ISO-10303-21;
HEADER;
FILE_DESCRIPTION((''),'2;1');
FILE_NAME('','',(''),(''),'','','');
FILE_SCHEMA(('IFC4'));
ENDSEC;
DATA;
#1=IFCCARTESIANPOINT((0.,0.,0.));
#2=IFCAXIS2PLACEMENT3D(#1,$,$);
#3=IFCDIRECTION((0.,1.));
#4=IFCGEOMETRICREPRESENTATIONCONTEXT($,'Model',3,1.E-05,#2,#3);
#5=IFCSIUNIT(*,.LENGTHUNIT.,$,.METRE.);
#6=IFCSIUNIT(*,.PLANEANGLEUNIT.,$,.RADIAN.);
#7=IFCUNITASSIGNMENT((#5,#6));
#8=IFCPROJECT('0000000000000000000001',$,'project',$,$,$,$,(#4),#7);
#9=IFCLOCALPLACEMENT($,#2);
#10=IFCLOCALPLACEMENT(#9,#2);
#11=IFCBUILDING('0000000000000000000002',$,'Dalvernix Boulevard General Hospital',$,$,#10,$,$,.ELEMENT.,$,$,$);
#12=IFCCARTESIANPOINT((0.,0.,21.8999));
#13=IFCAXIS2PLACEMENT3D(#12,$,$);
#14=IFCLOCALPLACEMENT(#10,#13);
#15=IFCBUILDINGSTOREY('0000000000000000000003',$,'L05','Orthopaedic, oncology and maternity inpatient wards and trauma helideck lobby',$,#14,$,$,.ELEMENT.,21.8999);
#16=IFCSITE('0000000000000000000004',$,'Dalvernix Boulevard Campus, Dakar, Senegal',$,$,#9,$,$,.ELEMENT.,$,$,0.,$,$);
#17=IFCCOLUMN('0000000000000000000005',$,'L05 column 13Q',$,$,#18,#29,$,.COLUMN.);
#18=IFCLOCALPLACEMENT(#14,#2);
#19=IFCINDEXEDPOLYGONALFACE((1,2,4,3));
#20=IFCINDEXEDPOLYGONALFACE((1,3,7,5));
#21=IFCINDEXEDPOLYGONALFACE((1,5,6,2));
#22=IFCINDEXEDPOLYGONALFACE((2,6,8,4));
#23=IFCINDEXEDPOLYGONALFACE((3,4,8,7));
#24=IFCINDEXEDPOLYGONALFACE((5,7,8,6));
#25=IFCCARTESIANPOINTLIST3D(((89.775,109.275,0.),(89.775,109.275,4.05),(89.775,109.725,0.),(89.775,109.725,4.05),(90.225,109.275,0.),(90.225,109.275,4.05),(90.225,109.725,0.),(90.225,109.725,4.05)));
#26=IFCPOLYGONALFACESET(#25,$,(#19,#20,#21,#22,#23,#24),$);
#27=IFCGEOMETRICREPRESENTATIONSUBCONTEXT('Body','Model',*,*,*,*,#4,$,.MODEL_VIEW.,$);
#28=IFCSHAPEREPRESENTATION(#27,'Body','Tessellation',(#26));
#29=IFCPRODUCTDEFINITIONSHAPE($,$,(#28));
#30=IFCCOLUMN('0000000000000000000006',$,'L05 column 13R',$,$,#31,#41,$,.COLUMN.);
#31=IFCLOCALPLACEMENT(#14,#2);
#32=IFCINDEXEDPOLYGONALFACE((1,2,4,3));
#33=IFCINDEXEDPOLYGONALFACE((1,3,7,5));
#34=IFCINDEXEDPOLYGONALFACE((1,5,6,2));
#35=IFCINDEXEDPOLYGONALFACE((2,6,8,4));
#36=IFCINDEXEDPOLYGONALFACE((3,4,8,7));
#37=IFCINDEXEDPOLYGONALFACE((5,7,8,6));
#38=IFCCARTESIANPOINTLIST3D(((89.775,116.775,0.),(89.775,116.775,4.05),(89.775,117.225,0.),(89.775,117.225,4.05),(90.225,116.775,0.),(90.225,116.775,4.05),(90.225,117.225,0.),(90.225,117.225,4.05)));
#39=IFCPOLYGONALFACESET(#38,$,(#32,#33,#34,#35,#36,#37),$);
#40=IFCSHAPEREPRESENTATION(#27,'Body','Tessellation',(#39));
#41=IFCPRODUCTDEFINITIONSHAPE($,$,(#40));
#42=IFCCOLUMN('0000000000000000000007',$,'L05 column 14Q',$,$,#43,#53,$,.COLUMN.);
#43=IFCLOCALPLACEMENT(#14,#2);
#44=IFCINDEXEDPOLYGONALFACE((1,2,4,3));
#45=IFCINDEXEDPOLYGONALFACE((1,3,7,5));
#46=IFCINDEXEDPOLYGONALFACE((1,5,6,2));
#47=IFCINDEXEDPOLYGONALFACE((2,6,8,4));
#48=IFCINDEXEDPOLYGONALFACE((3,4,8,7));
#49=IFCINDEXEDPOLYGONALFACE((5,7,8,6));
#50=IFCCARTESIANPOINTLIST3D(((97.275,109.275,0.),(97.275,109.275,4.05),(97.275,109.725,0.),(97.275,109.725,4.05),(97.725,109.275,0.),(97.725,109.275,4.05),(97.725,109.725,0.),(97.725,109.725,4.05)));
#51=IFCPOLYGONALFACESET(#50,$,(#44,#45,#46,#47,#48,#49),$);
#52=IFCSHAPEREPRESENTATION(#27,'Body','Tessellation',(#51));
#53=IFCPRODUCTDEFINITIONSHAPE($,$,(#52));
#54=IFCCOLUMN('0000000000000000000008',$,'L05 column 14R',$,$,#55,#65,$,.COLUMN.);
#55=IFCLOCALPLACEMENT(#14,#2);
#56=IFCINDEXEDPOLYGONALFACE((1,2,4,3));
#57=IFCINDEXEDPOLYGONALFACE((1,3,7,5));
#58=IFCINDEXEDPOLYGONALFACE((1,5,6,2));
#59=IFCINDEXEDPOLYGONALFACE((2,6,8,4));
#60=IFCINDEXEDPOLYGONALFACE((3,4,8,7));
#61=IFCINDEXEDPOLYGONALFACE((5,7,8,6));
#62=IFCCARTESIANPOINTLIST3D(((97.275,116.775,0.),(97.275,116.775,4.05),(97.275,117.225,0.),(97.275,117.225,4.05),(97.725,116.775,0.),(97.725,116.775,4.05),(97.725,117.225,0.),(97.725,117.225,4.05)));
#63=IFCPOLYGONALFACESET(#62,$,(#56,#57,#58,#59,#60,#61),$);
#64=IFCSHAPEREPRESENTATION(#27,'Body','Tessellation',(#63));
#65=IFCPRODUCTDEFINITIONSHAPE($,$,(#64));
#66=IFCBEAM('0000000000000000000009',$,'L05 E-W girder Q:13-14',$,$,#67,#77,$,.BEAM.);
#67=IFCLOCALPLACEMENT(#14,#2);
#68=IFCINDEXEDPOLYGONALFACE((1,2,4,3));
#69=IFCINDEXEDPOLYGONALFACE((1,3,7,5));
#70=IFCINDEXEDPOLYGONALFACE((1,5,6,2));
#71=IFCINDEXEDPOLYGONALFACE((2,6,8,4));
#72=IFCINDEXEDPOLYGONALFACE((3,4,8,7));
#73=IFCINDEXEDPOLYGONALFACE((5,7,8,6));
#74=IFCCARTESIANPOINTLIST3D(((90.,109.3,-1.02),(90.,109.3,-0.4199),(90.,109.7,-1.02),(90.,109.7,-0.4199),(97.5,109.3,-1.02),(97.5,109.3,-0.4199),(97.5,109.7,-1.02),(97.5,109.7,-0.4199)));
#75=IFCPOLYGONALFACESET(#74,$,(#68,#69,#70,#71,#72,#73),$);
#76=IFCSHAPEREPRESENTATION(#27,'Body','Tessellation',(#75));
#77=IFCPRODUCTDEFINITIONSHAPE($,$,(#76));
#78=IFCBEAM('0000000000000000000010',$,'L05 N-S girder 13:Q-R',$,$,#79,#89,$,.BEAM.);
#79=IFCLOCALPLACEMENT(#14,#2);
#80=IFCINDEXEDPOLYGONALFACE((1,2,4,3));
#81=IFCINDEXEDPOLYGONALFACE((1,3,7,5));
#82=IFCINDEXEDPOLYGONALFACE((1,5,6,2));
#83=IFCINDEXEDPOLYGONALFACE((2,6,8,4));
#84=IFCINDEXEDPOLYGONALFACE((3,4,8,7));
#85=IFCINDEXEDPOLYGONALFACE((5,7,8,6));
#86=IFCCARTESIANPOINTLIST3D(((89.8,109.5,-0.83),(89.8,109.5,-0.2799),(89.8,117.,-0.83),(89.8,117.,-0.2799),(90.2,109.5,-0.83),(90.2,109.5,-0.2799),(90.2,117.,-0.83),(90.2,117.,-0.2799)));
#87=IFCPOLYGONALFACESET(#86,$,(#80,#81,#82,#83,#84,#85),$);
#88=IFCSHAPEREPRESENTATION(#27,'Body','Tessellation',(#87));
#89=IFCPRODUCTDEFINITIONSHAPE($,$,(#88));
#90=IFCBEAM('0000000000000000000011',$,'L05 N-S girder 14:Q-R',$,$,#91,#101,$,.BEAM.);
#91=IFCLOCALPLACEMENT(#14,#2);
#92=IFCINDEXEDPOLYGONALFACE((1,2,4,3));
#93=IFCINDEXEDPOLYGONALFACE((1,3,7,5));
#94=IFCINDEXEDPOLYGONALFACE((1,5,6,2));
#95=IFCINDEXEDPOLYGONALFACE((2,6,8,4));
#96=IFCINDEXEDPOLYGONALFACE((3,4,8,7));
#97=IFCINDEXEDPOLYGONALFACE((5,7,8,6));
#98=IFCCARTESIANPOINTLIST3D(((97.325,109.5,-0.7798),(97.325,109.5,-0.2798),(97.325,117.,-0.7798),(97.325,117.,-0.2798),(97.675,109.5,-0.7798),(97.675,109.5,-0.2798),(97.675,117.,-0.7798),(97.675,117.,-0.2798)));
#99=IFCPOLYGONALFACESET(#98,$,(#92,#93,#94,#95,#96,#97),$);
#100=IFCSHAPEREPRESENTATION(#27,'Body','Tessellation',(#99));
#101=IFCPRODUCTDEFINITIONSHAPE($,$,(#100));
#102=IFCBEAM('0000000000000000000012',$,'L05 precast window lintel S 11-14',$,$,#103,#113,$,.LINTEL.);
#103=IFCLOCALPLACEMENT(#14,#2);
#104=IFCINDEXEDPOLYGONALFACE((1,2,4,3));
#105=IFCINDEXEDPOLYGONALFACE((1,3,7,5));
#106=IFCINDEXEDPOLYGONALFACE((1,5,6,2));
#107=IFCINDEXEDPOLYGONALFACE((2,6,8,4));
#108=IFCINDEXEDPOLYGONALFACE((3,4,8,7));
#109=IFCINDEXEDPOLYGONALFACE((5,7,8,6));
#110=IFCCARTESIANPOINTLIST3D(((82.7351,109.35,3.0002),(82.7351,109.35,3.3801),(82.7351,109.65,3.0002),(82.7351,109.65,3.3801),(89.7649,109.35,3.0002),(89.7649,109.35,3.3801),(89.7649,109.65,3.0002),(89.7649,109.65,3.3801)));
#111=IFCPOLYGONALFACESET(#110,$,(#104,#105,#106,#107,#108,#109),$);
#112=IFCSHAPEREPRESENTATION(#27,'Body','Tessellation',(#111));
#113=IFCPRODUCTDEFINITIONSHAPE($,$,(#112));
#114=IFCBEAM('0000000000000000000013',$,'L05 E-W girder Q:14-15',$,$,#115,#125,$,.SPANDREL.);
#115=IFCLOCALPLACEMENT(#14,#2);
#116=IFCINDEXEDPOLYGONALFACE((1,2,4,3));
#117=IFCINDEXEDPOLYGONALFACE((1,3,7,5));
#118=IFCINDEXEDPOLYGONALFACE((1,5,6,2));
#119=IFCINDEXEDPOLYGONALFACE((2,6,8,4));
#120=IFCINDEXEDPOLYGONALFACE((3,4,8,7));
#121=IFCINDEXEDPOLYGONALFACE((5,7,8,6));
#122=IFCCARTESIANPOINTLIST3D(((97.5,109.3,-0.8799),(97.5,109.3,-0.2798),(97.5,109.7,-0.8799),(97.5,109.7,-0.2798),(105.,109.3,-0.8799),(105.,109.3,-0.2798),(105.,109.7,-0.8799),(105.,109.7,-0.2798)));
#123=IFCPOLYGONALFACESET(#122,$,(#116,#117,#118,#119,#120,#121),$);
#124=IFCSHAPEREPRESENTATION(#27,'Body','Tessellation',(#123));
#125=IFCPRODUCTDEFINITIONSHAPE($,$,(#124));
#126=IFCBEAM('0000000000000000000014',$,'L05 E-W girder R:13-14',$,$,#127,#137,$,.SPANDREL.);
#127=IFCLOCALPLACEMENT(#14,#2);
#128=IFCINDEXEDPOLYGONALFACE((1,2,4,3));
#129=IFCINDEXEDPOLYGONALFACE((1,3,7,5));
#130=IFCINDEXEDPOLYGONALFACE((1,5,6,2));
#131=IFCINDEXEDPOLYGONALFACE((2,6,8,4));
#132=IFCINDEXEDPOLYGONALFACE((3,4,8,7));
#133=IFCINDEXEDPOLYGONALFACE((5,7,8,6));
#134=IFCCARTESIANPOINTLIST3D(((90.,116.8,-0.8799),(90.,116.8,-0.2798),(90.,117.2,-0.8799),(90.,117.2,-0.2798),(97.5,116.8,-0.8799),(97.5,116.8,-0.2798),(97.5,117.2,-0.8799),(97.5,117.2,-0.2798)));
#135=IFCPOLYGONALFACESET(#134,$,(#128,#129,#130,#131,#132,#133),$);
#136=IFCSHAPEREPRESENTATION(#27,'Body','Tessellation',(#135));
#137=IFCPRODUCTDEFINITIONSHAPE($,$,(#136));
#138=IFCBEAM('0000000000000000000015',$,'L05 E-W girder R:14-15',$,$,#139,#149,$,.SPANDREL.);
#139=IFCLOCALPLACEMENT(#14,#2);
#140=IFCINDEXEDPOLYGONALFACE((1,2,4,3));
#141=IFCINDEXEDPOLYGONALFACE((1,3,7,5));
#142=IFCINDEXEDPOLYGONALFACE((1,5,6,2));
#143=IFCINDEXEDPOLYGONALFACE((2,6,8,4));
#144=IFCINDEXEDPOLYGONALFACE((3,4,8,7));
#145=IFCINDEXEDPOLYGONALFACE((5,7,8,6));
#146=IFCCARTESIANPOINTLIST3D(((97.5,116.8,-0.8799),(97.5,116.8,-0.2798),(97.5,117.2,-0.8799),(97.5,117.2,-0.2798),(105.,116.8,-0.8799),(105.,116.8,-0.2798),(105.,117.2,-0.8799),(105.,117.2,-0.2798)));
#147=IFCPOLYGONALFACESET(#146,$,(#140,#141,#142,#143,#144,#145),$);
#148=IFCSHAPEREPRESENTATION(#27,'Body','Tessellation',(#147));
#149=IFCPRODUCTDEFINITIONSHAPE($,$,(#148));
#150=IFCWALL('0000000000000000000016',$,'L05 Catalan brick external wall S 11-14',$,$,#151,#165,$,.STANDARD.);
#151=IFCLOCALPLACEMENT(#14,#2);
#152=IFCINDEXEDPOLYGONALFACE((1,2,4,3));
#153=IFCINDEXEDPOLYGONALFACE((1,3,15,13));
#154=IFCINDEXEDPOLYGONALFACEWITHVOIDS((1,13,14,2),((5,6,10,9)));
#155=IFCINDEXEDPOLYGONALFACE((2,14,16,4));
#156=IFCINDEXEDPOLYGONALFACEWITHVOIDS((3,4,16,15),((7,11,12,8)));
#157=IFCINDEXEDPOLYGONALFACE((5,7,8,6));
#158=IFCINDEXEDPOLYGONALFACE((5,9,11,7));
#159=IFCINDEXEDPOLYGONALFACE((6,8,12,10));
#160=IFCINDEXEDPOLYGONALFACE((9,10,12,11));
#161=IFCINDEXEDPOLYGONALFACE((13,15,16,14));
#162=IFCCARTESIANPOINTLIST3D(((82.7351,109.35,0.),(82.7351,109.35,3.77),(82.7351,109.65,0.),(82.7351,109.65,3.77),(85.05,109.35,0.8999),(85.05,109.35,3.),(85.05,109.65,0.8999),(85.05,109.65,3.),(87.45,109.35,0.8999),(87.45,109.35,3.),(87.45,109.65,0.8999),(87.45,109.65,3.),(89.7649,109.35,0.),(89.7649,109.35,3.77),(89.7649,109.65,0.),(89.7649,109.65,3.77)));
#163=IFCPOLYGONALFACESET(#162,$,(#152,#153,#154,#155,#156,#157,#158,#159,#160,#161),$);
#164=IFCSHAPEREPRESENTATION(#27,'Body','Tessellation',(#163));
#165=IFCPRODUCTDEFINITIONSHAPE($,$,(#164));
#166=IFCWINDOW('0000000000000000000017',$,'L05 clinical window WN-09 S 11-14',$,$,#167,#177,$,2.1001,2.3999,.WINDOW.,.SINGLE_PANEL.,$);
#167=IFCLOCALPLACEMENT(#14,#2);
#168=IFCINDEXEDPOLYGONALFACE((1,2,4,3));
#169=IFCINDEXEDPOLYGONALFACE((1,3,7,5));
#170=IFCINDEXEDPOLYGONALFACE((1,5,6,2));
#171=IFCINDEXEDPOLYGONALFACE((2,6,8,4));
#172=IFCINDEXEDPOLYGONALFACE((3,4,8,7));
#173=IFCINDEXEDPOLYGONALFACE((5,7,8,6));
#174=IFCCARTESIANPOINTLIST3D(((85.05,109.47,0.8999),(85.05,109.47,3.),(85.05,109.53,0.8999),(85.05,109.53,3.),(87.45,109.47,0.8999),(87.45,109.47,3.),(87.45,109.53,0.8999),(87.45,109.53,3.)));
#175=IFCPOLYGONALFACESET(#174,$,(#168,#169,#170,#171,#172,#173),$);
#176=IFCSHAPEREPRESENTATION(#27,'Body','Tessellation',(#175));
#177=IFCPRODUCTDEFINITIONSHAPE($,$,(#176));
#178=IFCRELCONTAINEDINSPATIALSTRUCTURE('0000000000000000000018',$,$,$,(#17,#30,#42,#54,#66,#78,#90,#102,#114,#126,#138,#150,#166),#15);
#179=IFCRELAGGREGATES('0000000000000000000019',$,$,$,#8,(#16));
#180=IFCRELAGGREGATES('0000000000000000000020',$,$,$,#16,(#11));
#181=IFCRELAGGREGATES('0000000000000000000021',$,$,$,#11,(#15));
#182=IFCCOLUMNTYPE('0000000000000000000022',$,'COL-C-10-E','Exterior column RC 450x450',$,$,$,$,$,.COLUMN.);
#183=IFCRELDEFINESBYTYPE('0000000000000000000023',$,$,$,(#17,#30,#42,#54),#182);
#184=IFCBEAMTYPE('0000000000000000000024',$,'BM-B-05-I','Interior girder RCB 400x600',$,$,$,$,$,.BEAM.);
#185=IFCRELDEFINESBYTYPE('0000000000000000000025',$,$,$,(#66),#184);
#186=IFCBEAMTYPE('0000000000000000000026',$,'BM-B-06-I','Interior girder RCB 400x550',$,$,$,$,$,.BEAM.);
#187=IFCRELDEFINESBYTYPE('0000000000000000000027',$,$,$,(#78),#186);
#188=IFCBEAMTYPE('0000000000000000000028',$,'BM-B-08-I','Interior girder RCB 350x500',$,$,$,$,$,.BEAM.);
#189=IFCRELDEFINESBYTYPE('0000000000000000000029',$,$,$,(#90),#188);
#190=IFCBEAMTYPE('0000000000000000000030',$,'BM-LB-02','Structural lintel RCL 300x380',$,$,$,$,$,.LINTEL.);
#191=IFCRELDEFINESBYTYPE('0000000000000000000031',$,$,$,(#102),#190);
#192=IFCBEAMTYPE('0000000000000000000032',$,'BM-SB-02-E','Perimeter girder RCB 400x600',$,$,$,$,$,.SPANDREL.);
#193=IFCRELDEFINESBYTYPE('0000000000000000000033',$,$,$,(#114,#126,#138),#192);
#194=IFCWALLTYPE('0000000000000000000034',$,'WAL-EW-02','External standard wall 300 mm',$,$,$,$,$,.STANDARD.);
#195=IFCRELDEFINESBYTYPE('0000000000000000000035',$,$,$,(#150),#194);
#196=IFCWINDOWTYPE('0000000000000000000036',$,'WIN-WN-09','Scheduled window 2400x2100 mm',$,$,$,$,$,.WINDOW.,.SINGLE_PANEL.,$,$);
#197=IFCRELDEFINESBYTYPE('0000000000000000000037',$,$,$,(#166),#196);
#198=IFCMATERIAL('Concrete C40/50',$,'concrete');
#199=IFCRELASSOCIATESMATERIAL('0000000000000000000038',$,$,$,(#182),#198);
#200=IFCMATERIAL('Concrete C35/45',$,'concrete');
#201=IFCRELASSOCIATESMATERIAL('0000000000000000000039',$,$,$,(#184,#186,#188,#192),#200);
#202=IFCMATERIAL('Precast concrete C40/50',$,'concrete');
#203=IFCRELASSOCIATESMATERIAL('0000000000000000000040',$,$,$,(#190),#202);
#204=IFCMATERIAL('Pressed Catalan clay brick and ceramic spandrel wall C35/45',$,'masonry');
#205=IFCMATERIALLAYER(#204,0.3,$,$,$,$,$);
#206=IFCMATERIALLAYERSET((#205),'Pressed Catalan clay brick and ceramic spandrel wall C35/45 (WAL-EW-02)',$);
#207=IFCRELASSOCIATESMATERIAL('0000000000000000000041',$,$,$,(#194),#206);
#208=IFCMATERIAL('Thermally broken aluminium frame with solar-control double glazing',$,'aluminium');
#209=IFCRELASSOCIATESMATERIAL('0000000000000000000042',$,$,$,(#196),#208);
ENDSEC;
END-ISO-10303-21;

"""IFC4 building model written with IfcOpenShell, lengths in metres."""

from ifc_helpers import new_model, si_unit, direction, frame, frame_2d, origin, origin_2d, place, context, subcontext, project, spatial, rectangle, extrude, material, layer, layer_set, material_profile, profile_set, type_object, element, fill, save


model = new_model("IFC4")

# Units and contexts
model_context = context("Model", 3, precision=1e-05, world=origin(), true_north=direction((0.0, 1.0)))
body_context = subcontext(model_context, "Body", "Model", "MODEL_VIEW")
ifc_project = project(units=[si_unit("LENGTHUNIT", "METRE"), si_unit("PLANEANGLEUNIT", "RADIAN")], contexts=[model_context])

# Site, building, storey
site_placement = place(None, origin())
site = spatial("IfcSite", under=ifc_project, at=site_placement, Name="Dalvernix Boulevard Campus, Dakar, Senegal", CompositionType="ELEMENT", RefElevation=0.0)
building_placement = place(site_placement, origin())
building = spatial("IfcBuilding", under=site, at=building_placement, Name="Dalvernix Boulevard General Hospital", CompositionType="ELEMENT")
storey_placement = place(building_placement, frame((0.0, 0.0, 21.8999)))
storey = spatial("IfcBuildingStorey", under=building, at=storey_placement, Name="L05", Description="Orthopaedic, oncology and maternity inpatient wards and trauma helideck lobby", CompositionType="ELEMENT", Elevation=21.8999)

# Columns
ifc_material_1 = material(Name="Concrete C40/50", Category="concrete")
ifc_material_profile_1 = material_profile(ifc_material_1, rectangle(XDim=0.45, YDim=0.45, at=origin_2d()), Name="RC 450x450")
ifc_profile_set_1 = profile_set([ifc_material_profile_1], Name="Concrete C40/50")
column_type = type_object("IfcColumnType", Name="COL-C-10-E", Description="Exterior column RC 450x450", PredefinedType="COLUMN", material=ifc_profile_set_1)
for number, where, z_axis, x_axis, name in (
    (1, (90.0, 109.5, 0.0), (0.0, 0.0, 1.0), (1.0, 0.0, 0.0), "L05 column 13Q"),
    (2, (90.0, 117.0, 0.0), (0.0, 0.0, 1.0), (1.0, 0.0, 0.0), "L05 column 13R"),
    (3, (97.5, 109.5, 0.0), (0.0, 0.0, 1.0), (1.0, 0.0, 0.0), "L05 column 14Q"),
    (4, (97.5, 117.0, 0.0), (0.0, 0.0, 1.0), (1.0, 0.0, 0.0), "L05 column 14R"),
):
    element("IfcColumn", number, at=place(storey_placement, frame(where, z_axis=z_axis, x_axis=x_axis)), inside=storey, type_object=column_type, Name=name, PredefinedType="COLUMN", context=body_context, shape_type="SweptSolid", body=[
        extrude(rectangle(XDim=0.45, YDim=0.45, at=origin_2d()), origin(), (0.0, 0.0, 1.0), 4.05),
    ])

# Beams
ifc_material_2 = material(Name="Concrete C35/45", Category="concrete")
ifc_material_profile_2 = material_profile(ifc_material_2, rectangle(XDim=0.3999, YDim=0.6001, at=origin_2d()), Name="RCB 400x600")
ifc_profile_set_2 = profile_set([ifc_material_profile_2], Name="Concrete C35/45")
beam_type_1 = type_object("IfcBeamType", Name="BM-B-05-I", Description="Interior girder RCB 400x600", PredefinedType="BEAM", material=ifc_profile_set_2)
beam_1_placement = place(storey_placement, frame((90.0, 109.5, -0.72), z_axis=(1.0, 0.0, 0.0), x_axis=(0.0, 1.0, 0.0)))
element("IfcBeam", 5, at=beam_1_placement, inside=storey, type_object=beam_type_1, Name="L05 E-W girder Q:13-14", PredefinedType="BEAM", context=body_context, shape_type="SweptSolid", body=[
    extrude(rectangle(XDim=0.3999, YDim=0.6001, at=origin_2d()), origin(), (0.0, 0.0, 1.0), 7.5),
])
ifc_material_profile_3 = material_profile(ifc_material_2, rectangle(XDim=0.3999, YDim=0.55, at=origin_2d()), Name="RCB 400x550")
ifc_profile_set_3 = profile_set([ifc_material_profile_3], Name="Concrete C35/45")
beam_type_2 = type_object("IfcBeamType", Name="BM-B-06-I", Description="Interior girder RCB 400x550", PredefinedType="BEAM", material=ifc_profile_set_3)
beam_2_placement = place(storey_placement, frame((90.0, 109.5, -0.5549), z_axis=(0.0, 1.0, 0.0), x_axis=(-1.0, 0.0, 0.0)))
element("IfcBeam", 6, at=beam_2_placement, inside=storey, type_object=beam_type_2, Name="L05 N-S girder 13:Q-R", PredefinedType="BEAM", context=body_context, shape_type="SweptSolid", body=[
    extrude(rectangle(XDim=0.3999, YDim=0.55, at=origin_2d()), origin(), (0.0, 0.0, 1.0), 7.5),
])
ifc_material_profile_4 = material_profile(ifc_material_2, rectangle(XDim=0.3501, YDim=0.5, at=origin_2d()), Name="RCB 350x500")
ifc_profile_set_4 = profile_set([ifc_material_profile_4], Name="Concrete C35/45")
beam_type_3 = type_object("IfcBeamType", Name="BM-B-08-I", Description="Interior girder RCB 350x500", PredefinedType="BEAM", material=ifc_profile_set_4)
beam_3_placement = place(storey_placement, frame((97.5, 109.5, -0.5298), z_axis=(0.0, 1.0, 0.0), x_axis=(-1.0, 0.0, 0.0)))
element("IfcBeam", 7, at=beam_3_placement, inside=storey, type_object=beam_type_3, Name="L05 N-S girder 14:Q-R", PredefinedType="BEAM", context=body_context, shape_type="SweptSolid", body=[
    extrude(rectangle(XDim=0.3501, YDim=0.5, at=origin_2d()), origin(), (0.0, 0.0, 1.0), 7.5),
])
ifc_material_3 = material(Name="Precast concrete C40/50", Category="concrete")
ifc_material_profile_5 = material_profile(ifc_material_3, rectangle(XDim=0.3, YDim=0.3799, at=origin_2d()), Name="RCL 300x380")
ifc_profile_set_5 = profile_set([ifc_material_profile_5], Name="Precast concrete C40/50")
beam_type_4 = type_object("IfcBeamType", Name="BM-LB-02", Description="Structural lintel RCL 300x380", PredefinedType="LINTEL", material=ifc_profile_set_5)
beam_4_placement = place(storey_placement, frame((89.7649, 109.5, 3.1902), z_axis=(-1.0, 0.0, 0.0), x_axis=(0.0, -1.0, 0.0)))
element("IfcBeam", 8, at=beam_4_placement, inside=storey, type_object=beam_type_4, Name="L05 precast window lintel S 11-14", PredefinedType="LINTEL", context=body_context, shape_type="SweptSolid", body=[
    extrude(rectangle(XDim=0.3, YDim=0.3799, at=origin_2d()), origin(), (0.0, 0.0, 1.0), 7.0298),
])
ifc_material_profile_6 = material_profile(ifc_material_2, rectangle(XDim=0.3999, YDim=0.6001, at=origin_2d()), Name="RCB 400x600")
ifc_profile_set_6 = profile_set([ifc_material_profile_6], Name="Concrete C35/45")
beam_type_5 = type_object("IfcBeamType", Name="BM-SB-02-E", Description="Perimeter girder RCB 400x600", PredefinedType="SPANDREL", material=ifc_profile_set_6)
for number, where, z_axis, x_axis, name in (
    (9, (97.5, 109.5, -0.5798), (1.0, 0.0, 0.0), (0.0, 1.0, 0.0), "L05 E-W girder Q:14-15"),
    (10, (90.0, 117.0, -0.5798), (1.0, 0.0, 0.0), (0.0, 1.0, 0.0), "L05 E-W girder R:13-14"),
    (11, (97.5, 117.0, -0.5798), (1.0, 0.0, 0.0), (0.0, 1.0, 0.0), "L05 E-W girder R:14-15"),
):
    element("IfcBeam", number, at=place(storey_placement, frame(where, z_axis=z_axis, x_axis=x_axis)), inside=storey, type_object=beam_type_5, Name=name, PredefinedType="SPANDREL", context=body_context, shape_type="SweptSolid", body=[
        extrude(rectangle(XDim=0.3999, YDim=0.6001, at=origin_2d()), origin(), (0.0, 0.0, 1.0), 7.5),
    ])

# Wall, opening, window
ifc_material_4 = material(Name="Pressed Catalan clay brick and ceramic spandrel wall C35/45", Category="masonry")
ifc_layer_1 = layer(ifc_material_4, 0.3)
ifc_layer_set_1 = layer_set([ifc_layer_1], Name="Pressed Catalan clay brick and ceramic spandrel wall C35/45 (WAL-EW-02)")
wall_type = type_object("IfcWallType", Name="WAL-EW-02", Description="External standard wall 300 mm", PredefinedType="STANDARD", material=ifc_layer_set_1)
wall_1_placement = place(storey_placement, frame((89.7649, 109.5, 0.0), z_axis=(0.0, 0.0, 1.0), x_axis=(-1.0, 0.0, 0.0)))
wall_1 = element("IfcWall", 12, at=wall_1_placement, inside=storey, type_object=wall_type, Name="L05 Catalan brick external wall S 11-14", PredefinedType="STANDARD", context=body_context, shape_type="SweptSolid", body=[
    extrude(rectangle(XDim=7.0298, YDim=0.3, at=frame_2d((3.5149, 0.0))), origin(), (0.0, 0.0, 1.0), 3.77),
])
opening_1_placement = place(wall_1_placement, frame((2.3149, 0.0, 0.8999)))
opening_1 = element("IfcOpeningElement", 13, at=opening_1_placement, cuts=wall_1, PredefinedType="OPENING", context=body_context, shape_type="SweptSolid", body=[
    extrude(rectangle(XDim=2.3999, YDim=2.1001, at=frame_2d((1.2, 1.05))), frame((0.0, 0.1599, 0.0), z_axis=(0.0, -1.0, 0.0), x_axis=(1.0, 0.0, 0.0)), (0.0, 0.0, 1.0), 0.3201),
])
ifc_material_5 = material(Name="Thermally broken aluminium frame with solar-control double glazing", Category="aluminium")
window_type_1 = type_object("IfcWindowType", Name="WIN-WN-09", Description="Scheduled window 2400x2100 mm", PartitioningType="SINGLE_PANEL", PredefinedType="WINDOW", material=ifc_material_5)
window_1_placement = place(opening_1_placement, origin())
window_1 = element("IfcWindow", 14, at=window_1_placement, inside=storey, type_object=window_type_1, Name="L05 clinical window WN-09 S 11-14", OverallHeight=2.1001, OverallWidth=2.3999, PartitioningType="SINGLE_PANEL", PredefinedType="WINDOW", context=body_context, shape_type="SweptSolid", body=[
    extrude(rectangle(XDim=2.3999, YDim=2.1001, at=frame_2d((1.2, 1.05))), frame((0.0, 0.03, 0.0), z_axis=(0.0, -1.0, 0.0), x_axis=(1.0, 0.0, 0.0)), (0.0, 0.0, 1.0), 0.0601),
])
fill(opening_1, window_1)

save(model, "model.ifc")
